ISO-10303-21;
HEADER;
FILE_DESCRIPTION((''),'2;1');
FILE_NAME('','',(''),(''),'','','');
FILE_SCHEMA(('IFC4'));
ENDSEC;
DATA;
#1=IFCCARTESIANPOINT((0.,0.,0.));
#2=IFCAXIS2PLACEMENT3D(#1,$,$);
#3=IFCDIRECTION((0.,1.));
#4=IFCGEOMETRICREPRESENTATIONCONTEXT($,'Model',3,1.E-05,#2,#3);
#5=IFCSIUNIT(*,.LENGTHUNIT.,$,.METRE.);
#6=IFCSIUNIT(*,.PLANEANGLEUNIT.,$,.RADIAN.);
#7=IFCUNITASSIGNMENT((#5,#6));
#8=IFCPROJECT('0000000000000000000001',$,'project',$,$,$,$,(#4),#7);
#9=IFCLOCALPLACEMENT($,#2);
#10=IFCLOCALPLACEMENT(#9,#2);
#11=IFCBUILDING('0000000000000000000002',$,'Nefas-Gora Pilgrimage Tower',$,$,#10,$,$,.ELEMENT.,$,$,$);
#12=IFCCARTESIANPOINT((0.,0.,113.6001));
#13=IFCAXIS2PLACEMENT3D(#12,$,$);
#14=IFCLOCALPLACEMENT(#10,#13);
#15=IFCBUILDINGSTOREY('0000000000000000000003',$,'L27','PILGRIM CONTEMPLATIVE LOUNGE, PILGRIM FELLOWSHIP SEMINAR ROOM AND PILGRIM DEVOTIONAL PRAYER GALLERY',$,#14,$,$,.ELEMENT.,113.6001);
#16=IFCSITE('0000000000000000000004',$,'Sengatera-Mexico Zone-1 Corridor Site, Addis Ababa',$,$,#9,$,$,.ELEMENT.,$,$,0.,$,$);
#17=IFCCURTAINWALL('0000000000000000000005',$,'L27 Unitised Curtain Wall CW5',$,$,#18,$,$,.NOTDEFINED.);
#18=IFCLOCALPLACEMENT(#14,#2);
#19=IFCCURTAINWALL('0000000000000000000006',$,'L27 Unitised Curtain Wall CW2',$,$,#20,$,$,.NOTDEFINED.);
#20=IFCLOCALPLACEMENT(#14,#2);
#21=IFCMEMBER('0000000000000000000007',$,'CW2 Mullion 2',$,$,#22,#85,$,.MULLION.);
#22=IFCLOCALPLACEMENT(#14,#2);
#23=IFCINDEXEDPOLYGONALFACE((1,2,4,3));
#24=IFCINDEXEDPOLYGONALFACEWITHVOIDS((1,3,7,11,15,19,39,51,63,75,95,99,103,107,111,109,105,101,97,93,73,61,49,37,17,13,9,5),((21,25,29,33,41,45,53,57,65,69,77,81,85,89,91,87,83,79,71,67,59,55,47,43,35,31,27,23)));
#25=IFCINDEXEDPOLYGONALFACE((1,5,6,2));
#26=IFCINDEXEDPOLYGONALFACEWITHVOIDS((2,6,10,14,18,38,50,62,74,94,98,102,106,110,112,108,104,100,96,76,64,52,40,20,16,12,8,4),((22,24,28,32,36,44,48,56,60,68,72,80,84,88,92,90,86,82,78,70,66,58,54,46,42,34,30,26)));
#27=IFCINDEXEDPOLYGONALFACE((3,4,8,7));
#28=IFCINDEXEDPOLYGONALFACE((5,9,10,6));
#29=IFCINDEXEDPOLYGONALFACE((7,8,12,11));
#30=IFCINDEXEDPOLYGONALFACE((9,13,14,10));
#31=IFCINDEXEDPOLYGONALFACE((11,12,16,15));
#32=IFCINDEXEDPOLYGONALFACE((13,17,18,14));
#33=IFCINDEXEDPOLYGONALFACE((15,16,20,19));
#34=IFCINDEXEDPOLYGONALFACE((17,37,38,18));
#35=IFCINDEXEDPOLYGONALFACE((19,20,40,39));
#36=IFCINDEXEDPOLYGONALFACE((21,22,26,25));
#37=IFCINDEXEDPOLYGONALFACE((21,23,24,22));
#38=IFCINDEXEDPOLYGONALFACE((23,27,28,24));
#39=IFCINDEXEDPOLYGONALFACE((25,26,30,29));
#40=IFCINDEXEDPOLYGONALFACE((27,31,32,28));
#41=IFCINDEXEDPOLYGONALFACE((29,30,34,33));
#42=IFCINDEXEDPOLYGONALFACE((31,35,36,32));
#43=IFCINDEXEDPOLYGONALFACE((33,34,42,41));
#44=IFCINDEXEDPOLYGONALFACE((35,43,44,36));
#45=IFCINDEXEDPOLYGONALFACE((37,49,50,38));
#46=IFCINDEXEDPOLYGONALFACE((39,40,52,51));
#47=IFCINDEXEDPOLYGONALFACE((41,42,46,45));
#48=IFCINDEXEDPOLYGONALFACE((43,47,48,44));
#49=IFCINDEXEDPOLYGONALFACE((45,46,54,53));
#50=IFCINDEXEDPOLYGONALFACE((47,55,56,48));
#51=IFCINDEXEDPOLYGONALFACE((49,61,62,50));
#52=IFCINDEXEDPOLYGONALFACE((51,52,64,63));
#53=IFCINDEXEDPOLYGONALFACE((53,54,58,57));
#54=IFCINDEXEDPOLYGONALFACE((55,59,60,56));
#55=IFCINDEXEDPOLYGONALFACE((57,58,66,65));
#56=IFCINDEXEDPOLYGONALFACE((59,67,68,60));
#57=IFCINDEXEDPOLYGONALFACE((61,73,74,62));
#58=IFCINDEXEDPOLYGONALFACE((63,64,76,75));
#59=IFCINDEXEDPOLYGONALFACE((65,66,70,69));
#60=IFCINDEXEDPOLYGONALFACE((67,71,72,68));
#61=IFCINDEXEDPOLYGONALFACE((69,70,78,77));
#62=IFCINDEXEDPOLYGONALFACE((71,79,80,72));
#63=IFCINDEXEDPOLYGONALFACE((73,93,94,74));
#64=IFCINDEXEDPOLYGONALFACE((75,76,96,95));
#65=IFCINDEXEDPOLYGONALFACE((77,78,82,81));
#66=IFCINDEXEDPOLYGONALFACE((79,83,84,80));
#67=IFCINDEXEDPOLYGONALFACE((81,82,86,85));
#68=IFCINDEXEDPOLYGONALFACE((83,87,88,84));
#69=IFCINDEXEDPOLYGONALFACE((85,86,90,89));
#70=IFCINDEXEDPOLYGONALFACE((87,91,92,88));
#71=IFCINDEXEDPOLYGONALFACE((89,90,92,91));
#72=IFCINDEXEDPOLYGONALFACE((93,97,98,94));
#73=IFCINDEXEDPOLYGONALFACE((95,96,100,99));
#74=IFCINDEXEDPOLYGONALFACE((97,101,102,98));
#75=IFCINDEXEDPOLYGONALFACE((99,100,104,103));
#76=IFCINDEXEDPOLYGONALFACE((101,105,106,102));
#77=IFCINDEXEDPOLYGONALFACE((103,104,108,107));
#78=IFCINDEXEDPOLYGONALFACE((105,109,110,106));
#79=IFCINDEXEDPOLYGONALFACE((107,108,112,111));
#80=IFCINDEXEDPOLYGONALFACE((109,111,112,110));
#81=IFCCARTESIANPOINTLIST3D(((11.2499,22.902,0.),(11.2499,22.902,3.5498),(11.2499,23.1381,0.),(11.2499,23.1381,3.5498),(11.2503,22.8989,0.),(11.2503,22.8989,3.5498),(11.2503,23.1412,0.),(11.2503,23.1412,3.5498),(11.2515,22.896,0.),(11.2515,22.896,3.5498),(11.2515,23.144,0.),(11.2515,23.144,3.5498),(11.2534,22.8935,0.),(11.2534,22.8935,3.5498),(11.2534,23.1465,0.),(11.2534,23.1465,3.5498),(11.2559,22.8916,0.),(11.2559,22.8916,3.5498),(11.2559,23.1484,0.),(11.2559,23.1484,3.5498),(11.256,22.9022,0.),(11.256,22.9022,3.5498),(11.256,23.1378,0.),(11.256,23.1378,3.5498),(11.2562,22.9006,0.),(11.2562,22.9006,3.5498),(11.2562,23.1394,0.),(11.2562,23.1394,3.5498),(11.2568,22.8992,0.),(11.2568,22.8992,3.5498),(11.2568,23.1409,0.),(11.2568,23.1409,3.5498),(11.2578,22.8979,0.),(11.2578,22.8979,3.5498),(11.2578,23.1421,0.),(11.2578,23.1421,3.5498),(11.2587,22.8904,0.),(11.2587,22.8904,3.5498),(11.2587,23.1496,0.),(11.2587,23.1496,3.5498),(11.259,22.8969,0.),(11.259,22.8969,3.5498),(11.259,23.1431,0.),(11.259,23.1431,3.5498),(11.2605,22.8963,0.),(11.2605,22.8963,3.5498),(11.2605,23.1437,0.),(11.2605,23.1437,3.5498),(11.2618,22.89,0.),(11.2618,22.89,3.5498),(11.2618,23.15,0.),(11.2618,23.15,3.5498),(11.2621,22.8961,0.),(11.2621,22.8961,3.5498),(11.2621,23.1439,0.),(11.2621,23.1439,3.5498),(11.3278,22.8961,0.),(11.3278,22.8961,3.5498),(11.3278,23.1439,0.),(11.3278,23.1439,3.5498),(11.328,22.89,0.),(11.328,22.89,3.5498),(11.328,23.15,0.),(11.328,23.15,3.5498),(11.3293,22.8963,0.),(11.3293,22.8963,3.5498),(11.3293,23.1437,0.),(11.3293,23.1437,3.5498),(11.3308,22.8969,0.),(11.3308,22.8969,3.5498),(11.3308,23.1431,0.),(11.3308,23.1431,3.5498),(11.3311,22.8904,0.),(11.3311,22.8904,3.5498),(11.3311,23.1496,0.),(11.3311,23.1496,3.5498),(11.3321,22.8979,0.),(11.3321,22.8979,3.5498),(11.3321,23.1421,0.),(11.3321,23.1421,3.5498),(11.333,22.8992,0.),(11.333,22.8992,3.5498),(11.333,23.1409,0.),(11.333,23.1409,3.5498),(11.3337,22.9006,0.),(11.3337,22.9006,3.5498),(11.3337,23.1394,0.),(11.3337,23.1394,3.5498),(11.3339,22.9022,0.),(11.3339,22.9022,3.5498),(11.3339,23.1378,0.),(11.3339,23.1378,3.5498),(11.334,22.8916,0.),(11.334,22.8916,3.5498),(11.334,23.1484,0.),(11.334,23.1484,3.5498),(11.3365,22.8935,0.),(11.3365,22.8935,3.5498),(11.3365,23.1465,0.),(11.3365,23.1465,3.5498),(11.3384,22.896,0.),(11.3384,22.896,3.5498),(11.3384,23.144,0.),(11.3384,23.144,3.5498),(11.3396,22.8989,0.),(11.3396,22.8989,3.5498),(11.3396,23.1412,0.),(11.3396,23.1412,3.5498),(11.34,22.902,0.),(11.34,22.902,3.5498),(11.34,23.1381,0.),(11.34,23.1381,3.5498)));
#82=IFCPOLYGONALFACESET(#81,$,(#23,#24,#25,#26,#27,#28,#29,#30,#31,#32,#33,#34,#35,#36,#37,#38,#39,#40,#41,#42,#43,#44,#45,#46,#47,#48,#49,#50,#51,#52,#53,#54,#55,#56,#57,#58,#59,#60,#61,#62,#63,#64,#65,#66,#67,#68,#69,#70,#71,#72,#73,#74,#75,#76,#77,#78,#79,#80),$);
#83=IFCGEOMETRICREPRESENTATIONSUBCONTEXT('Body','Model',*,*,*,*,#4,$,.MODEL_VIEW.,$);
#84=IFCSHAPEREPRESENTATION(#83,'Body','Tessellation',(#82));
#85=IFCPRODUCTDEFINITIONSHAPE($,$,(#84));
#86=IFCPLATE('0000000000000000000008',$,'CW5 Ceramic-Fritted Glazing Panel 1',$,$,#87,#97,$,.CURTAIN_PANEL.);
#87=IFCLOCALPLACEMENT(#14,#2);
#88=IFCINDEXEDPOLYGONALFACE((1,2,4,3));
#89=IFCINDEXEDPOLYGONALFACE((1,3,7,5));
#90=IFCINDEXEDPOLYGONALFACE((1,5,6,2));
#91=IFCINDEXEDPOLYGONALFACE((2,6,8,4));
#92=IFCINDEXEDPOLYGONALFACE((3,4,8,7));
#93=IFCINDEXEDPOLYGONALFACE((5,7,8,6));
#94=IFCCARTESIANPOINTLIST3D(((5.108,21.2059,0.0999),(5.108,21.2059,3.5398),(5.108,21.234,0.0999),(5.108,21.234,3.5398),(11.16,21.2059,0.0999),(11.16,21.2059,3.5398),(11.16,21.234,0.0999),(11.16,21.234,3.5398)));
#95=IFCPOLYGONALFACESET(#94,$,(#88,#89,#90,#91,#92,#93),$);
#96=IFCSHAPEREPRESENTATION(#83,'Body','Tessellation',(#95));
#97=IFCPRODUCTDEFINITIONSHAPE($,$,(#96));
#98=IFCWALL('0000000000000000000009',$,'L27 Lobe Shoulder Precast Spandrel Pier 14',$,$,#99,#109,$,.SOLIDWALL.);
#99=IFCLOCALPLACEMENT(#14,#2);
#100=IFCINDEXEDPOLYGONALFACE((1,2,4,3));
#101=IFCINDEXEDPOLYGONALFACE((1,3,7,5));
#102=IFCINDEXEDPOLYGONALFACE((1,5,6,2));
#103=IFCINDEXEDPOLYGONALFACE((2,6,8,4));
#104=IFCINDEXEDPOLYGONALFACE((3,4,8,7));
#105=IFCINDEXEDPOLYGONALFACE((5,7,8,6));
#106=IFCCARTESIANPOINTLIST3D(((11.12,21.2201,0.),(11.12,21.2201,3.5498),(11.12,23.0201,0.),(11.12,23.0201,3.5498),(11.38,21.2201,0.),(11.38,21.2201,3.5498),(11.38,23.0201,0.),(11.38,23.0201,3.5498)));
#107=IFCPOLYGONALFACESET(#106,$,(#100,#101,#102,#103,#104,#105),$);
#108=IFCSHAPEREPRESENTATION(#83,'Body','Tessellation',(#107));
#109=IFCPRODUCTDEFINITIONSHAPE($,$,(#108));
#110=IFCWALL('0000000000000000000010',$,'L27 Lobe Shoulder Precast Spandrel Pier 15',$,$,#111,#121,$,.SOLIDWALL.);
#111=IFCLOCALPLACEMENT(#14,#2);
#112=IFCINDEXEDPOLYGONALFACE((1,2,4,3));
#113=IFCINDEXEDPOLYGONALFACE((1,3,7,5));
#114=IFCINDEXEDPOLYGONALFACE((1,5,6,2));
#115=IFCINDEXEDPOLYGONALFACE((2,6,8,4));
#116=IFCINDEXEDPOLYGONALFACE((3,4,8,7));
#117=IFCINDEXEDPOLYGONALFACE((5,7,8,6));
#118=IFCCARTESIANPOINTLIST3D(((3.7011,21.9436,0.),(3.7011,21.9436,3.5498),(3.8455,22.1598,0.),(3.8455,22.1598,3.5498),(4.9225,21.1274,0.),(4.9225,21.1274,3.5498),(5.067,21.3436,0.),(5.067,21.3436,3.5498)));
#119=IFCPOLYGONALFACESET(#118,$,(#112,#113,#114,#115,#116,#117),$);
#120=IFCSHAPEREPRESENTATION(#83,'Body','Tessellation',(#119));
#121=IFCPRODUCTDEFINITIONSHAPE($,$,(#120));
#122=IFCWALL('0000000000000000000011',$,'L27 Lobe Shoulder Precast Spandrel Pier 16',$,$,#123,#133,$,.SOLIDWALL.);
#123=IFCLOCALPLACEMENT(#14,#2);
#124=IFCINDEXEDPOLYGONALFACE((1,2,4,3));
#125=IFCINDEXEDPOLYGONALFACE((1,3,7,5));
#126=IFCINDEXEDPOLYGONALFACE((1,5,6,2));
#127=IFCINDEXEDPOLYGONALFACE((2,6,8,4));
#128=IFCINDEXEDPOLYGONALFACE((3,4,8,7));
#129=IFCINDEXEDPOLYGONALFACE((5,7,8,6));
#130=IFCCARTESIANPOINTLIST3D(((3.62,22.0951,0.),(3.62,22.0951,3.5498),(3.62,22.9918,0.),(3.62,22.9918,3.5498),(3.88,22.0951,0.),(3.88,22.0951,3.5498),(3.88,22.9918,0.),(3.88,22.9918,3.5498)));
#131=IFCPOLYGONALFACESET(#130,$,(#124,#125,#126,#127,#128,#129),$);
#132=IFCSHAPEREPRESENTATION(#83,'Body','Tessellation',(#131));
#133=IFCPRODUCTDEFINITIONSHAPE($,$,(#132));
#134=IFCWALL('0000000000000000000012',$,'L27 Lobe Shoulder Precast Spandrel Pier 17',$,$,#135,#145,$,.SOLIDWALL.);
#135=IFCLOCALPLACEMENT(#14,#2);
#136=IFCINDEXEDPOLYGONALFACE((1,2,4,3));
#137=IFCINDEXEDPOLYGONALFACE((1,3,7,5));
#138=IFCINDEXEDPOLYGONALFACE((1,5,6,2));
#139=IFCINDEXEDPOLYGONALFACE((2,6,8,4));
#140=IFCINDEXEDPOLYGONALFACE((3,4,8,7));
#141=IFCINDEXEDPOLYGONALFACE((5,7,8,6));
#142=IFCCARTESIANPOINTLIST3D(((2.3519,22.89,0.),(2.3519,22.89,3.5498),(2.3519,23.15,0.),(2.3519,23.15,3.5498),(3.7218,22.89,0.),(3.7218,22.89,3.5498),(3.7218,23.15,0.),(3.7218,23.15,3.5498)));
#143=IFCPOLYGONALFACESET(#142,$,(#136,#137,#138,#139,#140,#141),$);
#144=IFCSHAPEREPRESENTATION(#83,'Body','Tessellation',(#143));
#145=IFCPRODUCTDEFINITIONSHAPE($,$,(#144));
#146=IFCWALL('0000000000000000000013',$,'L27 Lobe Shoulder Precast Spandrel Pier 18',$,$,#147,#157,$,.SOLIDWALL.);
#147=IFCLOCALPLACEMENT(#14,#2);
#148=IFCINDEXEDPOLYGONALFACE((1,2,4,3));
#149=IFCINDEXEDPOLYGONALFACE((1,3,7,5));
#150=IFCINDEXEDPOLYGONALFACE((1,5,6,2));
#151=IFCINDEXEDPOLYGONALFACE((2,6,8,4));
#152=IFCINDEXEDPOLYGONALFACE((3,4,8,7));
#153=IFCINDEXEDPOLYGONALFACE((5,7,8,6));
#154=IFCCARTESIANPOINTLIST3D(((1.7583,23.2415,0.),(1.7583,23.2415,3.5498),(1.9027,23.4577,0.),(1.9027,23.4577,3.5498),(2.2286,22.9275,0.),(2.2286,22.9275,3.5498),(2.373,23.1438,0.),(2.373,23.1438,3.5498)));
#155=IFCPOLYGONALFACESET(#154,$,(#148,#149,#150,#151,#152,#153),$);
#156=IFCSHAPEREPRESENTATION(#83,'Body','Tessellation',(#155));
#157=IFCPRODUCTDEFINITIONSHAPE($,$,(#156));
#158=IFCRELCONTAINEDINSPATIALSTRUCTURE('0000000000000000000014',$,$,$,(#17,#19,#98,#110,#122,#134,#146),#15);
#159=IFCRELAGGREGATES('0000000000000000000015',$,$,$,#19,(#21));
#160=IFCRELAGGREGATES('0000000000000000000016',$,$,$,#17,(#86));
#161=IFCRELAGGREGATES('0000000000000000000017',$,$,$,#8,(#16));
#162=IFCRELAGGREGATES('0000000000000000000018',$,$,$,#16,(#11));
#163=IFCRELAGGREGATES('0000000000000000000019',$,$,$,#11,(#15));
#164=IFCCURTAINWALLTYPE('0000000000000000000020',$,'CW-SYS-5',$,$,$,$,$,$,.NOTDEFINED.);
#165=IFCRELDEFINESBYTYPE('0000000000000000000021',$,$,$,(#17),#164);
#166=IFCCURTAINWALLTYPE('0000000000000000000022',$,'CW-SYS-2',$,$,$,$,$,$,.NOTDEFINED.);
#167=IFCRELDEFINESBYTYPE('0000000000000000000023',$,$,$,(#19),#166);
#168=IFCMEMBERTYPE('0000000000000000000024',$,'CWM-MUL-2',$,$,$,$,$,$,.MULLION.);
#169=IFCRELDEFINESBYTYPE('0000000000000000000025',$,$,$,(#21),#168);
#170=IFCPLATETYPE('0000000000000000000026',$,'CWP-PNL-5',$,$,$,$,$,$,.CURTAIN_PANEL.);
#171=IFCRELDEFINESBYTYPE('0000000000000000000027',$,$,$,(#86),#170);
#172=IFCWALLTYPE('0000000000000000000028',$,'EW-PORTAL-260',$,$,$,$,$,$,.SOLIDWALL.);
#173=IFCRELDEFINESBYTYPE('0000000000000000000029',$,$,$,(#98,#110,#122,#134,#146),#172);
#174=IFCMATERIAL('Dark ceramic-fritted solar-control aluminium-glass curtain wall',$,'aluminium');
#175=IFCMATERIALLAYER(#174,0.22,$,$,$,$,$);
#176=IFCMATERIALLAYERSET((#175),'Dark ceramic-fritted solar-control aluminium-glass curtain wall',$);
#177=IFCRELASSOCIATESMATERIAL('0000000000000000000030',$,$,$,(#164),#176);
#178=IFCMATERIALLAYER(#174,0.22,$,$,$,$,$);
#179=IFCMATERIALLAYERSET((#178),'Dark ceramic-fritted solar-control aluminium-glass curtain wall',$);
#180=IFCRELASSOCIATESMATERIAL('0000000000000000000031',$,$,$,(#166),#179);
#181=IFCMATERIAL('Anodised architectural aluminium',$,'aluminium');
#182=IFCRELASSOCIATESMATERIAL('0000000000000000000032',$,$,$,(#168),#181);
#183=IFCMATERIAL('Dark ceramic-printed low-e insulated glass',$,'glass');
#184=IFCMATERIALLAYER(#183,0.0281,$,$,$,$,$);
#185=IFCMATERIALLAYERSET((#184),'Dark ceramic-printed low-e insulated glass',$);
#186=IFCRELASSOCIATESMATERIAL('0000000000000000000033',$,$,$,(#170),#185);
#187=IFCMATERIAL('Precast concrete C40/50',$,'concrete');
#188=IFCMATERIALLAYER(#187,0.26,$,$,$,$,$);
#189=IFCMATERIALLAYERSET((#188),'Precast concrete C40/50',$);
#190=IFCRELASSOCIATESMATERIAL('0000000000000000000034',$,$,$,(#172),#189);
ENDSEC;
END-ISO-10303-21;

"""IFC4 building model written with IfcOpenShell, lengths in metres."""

from ifc_helpers import new_model, si_unit, direction, frame, frame_2d, origin, origin_2d, place, context, subcontext, project, spatial, rectangle, hollow_rectangle, extrude, source, transform, mapped, material, layer, layer_set, material_profile, profile_set, type_object, element, aggregate, save


model = new_model("IFC4")

# Units and contexts
model_context = context("Model", 3, precision=1e-05, world=origin(), true_north=direction((0.0, 1.0)))
body_context = subcontext(model_context, "Body", "Model", "MODEL_VIEW")
ifc_project = project(units=[si_unit("LENGTHUNIT", "METRE"), si_unit("PLANEANGLEUNIT", "RADIAN")], contexts=[model_context])

# Site, building, storey
site_placement = place(None, origin())
site = spatial("IfcSite", under=ifc_project, at=site_placement, Name="Sengatera-Mexico Zone-1 Corridor Site, Addis Ababa", CompositionType="ELEMENT", RefElevation=0.0)
building_placement = place(site_placement, origin())
building = spatial("IfcBuilding", under=site, at=building_placement, Name="Nefas-Gora Pilgrimage Tower", CompositionType="ELEMENT")
storey_placement = place(building_placement, frame((0.0, 0.0, 113.6001)))
storey = spatial("IfcBuildingStorey", under=building, at=storey_placement, Name="L27", Description="PILGRIM CONTEMPLATIVE LOUNGE, PILGRIM FELLOWSHIP SEMINAR ROOM AND PILGRIM DEVOTIONAL PRAYER GALLERY", CompositionType="ELEMENT", Elevation=113.6001)

# Curtain wall
ifc_material_1 = material(Name="Dark ceramic-fritted solar-control aluminium-glass curtain wall", Category="aluminium")
ifc_layer_1 = layer(ifc_material_1, 0.22)
ifc_layer_set_1 = layer_set([ifc_layer_1], Name="Dark ceramic-fritted solar-control aluminium-glass curtain wall")
curtain_wall_type_1 = type_object("IfcCurtainWallType", Name="CW-SYS-5", PredefinedType="NOTDEFINED", material=ifc_layer_set_1)
curtain_wall_1_placement = place(storey_placement, origin())
curtain_wall_1 = element("IfcCurtainWall", 1, at=curtain_wall_1_placement, inside=storey, type_object=curtain_wall_type_1, Name="L27 Unitised Curtain Wall CW5", PredefinedType="NOTDEFINED")
ifc_material_2 = material(Name="Anodised architectural aluminium", Category="aluminium")

# Curtain wall, member
ifc_layer_2 = layer(ifc_material_1, 0.22)
ifc_layer_set_2 = layer_set([ifc_layer_2], Name="Dark ceramic-fritted solar-control aluminium-glass curtain wall")
curtain_wall_type_2 = type_object("IfcCurtainWallType", Name="CW-SYS-2", PredefinedType="NOTDEFINED", material=ifc_layer_set_2)
curtain_wall_2_placement = place(storey_placement, origin())
curtain_wall_2 = element("IfcCurtainWall", 2, at=curtain_wall_2_placement, inside=storey, type_object=curtain_wall_type_2, Name="L27 Unitised Curtain Wall CW2", PredefinedType="NOTDEFINED")
ifc_material_profile_1 = material_profile(ifc_material_2, hollow_rectangle(XDim=0.0901, YDim=0.26, WallThickness=0.0061, InnerFilletRadius=0.0061, OuterFilletRadius=0.012, at=origin_2d()), Name="ALU MULLION 90x260")
ifc_profile_set_1 = profile_set([ifc_material_profile_1], Name="Anodised architectural aluminium")
member_type_1 = type_object("IfcMemberType", Name="CWM-MUL-2", PredefinedType="MULLION", material=ifc_profile_set_1)
shared_shape_1 = source(origin(), body_context, "Body", "SweptSolid", [
    extrude(hollow_rectangle(XDim=0.0901, YDim=0.26, WallThickness=0.0061, InnerFilletRadius=0.0061, OuterFilletRadius=0.012, at=origin_2d()), origin(), (0.0, 0.0, 1.0), 3.5498),
])
member_1_placement = place(storey_placement, frame((11.2949, 23.02, 0.0), z_axis=(0.0, 0.0, 1.0), x_axis=(-1.0, 0.0, 0.0)))
member_1 = element("IfcMember", 3, at=member_1_placement, type_object=member_type_1, Name="CW2 Mullion 2", PredefinedType="MULLION", context=body_context, shape_type="MappedRepresentation", body=[
    mapped(shared_shape_1, transform((0.0, 0.0, 0.0), x_axis=(1.0, 0.0, 0.0), y_axis=(0.0, 1.0, 0.0), z_axis=(0.0, 0.0, 1.0), scale=1.0)),
])
aggregate(curtain_wall_2, [member_1])

# Plate
ifc_material_3 = material(Name="Dark ceramic-printed low-e insulated glass", Category="glass")
ifc_layer_3 = layer(ifc_material_3, 0.0281)
ifc_layer_set_3 = layer_set([ifc_layer_3], Name="Dark ceramic-printed low-e insulated glass")
plate_type = type_object("IfcPlateType", Name="CWP-PNL-5", PredefinedType="CURTAIN_PANEL", material=ifc_layer_set_3)
shared_shape_2 = source(origin(), body_context, "Body", "SweptSolid", [
    extrude(rectangle(XDim=6.052, YDim=0.0281, at=origin_2d()), origin(), (0.0, 0.0, 1.0), 3.4399),
])
plate_placement = place(storey_placement, frame((8.134, 21.22, 0.0999), z_axis=(0.0, 0.0, 1.0), x_axis=(-1.0, 0.0, 0.0)))
plate = element("IfcPlate", 4, at=plate_placement, type_object=plate_type, Name="CW5 Ceramic-Fritted Glazing Panel 1", PredefinedType="CURTAIN_PANEL", context=body_context, shape_type="MappedRepresentation", body=[
    mapped(shared_shape_2, transform((0.0, 0.0, 0.0), x_axis=(1.0, 0.0, 0.0), y_axis=(0.0, 1.0, 0.0), z_axis=(0.0, 0.0, 1.0), scale=1.0)),
])
aggregate(curtain_wall_1, [plate])

# Walls
ifc_material_4 = material(Name="Precast concrete C40/50", Category="concrete")
ifc_layer_4 = layer(ifc_material_4, 0.26)
ifc_layer_set_4 = layer_set([ifc_layer_4], Name="Precast concrete C40/50")
wall_type_1 = type_object("IfcWallType", Name="EW-PORTAL-260", PredefinedType="SOLIDWALL", material=ifc_layer_set_4)
shared_shape_3 = source(origin(), body_context, "Body", "SweptSolid", [
    extrude(rectangle(XDim=1.8, YDim=0.26, at=frame_2d((0.8999, 0.0))), origin(), (0.0, 0.0, 1.0), 3.5498),
])
wall_1_placement = place(storey_placement, frame((11.25, 23.02, 0.0), z_axis=(0.0, 0.0, 1.0), x_axis=(0.0, -1.0, 0.0)))
element("IfcWall", 5, at=wall_1_placement, inside=storey, type_object=wall_type_1, Name="L27 Lobe Shoulder Precast Spandrel Pier 14", PredefinedType="SOLIDWALL", context=body_context, shape_type="MappedRepresentation", body=[
    mapped(shared_shape_3, transform((0.0, 0.0, 0.0), x_axis=(1.0, 0.0, 0.0), y_axis=(0.0, 1.0, 0.0), z_axis=(0.0, 0.0, 1.0), scale=1.0)),
])
shared_shape_4 = source(origin(), body_context, "Body", "SweptSolid", [
    extrude(rectangle(XDim=1.469, YDim=0.26, at=frame_2d((0.7344, 0.0))), origin(), (0.0, 0.0, 1.0), 3.5498),
])
wall_2_placement = place(storey_placement, frame((4.9946, 21.2356, 0.0), z_axis=(0.0, 0.0, 1.0), x_axis=(-0.831462, 0.555582, 0.0)))
element("IfcWall", 6, at=wall_2_placement, inside=storey, type_object=wall_type_1, Name="L27 Lobe Shoulder Precast Spandrel Pier 15", PredefinedType="SOLIDWALL", context=body_context, shape_type="MappedRepresentation", body=[
    mapped(shared_shape_4, transform((0.0, 0.0, 0.0), x_axis=(1.0, 0.0, 0.0), y_axis=(0.0, 1.0, 0.0), z_axis=(0.0, 0.0, 1.0), scale=1.0)),
])
shared_shape_5 = source(origin(), body_context, "Body", "SweptSolid", [
    extrude(rectangle(XDim=0.8967, YDim=0.26, at=frame_2d((0.4482, 0.0))), origin(), (0.0, 0.0, 1.0), 3.5498),
])
wall_3_placement = place(storey_placement, frame((3.75, 22.0952, 0.0), z_axis=(0.0, 0.0, 1.0), x_axis=(0.0, 1.0, 0.0)))
element("IfcWall", 7, at=wall_3_placement, inside=storey, type_object=wall_type_1, Name="L27 Lobe Shoulder Precast Spandrel Pier 16", PredefinedType="SOLIDWALL", context=body_context, shape_type="MappedRepresentation", body=[
    mapped(shared_shape_5, transform((0.0, 0.0, 0.0), x_axis=(1.0, 0.0, 0.0), y_axis=(0.0, 1.0, 0.0), z_axis=(0.0, 0.0, 1.0), scale=1.0)),
])
shared_shape_6 = source(origin(), body_context, "Body", "SweptSolid", [
    extrude(rectangle(XDim=1.3699, YDim=0.26, at=frame_2d((0.6851, 0.0))), origin(), (0.0, 0.0, 1.0), 3.5498),
])
wall_4_placement = place(storey_placement, frame((3.7219, 23.02, 0.0), z_axis=(0.0, 0.0, 1.0), x_axis=(-1.0, 0.0, 0.0)))
element("IfcWall", 8, at=wall_4_placement, inside=storey, type_object=wall_type_1, Name="L27 Lobe Shoulder Precast Spandrel Pier 17", PredefinedType="SOLIDWALL", context=body_context, shape_type="MappedRepresentation", body=[
    mapped(shared_shape_6, transform((0.0, 0.0, 0.0), x_axis=(1.0, 0.0, 0.0), y_axis=(0.0, 1.0, 0.0), z_axis=(0.0, 0.0, 1.0), scale=1.0)),
])
shared_shape_7 = source(origin(), body_context, "Body", "SweptSolid", [
    extrude(rectangle(XDim=0.5654, YDim=0.26, at=frame_2d((0.2827, 0.0))), origin(), (0.0, 0.0, 1.0), 3.5498),
])
wall_5_placement = place(storey_placement, frame((2.3008, 23.0356, 0.0), z_axis=(0.0, 0.0, 1.0), x_axis=(-0.831651, 0.555298, 0.0)))
element("IfcWall", 9, at=wall_5_placement, inside=storey, type_object=wall_type_1, Name="L27 Lobe Shoulder Precast Spandrel Pier 18", PredefinedType="SOLIDWALL", context=body_context, shape_type="MappedRepresentation", body=[
    mapped(shared_shape_7, transform((0.0, 0.0, 0.0), x_axis=(1.0, 0.0, 0.0), y_axis=(0.0, 1.0, 0.0), z_axis=(0.0, 0.0, 1.0), scale=1.0)),
])

save(model, "model.ifc")
